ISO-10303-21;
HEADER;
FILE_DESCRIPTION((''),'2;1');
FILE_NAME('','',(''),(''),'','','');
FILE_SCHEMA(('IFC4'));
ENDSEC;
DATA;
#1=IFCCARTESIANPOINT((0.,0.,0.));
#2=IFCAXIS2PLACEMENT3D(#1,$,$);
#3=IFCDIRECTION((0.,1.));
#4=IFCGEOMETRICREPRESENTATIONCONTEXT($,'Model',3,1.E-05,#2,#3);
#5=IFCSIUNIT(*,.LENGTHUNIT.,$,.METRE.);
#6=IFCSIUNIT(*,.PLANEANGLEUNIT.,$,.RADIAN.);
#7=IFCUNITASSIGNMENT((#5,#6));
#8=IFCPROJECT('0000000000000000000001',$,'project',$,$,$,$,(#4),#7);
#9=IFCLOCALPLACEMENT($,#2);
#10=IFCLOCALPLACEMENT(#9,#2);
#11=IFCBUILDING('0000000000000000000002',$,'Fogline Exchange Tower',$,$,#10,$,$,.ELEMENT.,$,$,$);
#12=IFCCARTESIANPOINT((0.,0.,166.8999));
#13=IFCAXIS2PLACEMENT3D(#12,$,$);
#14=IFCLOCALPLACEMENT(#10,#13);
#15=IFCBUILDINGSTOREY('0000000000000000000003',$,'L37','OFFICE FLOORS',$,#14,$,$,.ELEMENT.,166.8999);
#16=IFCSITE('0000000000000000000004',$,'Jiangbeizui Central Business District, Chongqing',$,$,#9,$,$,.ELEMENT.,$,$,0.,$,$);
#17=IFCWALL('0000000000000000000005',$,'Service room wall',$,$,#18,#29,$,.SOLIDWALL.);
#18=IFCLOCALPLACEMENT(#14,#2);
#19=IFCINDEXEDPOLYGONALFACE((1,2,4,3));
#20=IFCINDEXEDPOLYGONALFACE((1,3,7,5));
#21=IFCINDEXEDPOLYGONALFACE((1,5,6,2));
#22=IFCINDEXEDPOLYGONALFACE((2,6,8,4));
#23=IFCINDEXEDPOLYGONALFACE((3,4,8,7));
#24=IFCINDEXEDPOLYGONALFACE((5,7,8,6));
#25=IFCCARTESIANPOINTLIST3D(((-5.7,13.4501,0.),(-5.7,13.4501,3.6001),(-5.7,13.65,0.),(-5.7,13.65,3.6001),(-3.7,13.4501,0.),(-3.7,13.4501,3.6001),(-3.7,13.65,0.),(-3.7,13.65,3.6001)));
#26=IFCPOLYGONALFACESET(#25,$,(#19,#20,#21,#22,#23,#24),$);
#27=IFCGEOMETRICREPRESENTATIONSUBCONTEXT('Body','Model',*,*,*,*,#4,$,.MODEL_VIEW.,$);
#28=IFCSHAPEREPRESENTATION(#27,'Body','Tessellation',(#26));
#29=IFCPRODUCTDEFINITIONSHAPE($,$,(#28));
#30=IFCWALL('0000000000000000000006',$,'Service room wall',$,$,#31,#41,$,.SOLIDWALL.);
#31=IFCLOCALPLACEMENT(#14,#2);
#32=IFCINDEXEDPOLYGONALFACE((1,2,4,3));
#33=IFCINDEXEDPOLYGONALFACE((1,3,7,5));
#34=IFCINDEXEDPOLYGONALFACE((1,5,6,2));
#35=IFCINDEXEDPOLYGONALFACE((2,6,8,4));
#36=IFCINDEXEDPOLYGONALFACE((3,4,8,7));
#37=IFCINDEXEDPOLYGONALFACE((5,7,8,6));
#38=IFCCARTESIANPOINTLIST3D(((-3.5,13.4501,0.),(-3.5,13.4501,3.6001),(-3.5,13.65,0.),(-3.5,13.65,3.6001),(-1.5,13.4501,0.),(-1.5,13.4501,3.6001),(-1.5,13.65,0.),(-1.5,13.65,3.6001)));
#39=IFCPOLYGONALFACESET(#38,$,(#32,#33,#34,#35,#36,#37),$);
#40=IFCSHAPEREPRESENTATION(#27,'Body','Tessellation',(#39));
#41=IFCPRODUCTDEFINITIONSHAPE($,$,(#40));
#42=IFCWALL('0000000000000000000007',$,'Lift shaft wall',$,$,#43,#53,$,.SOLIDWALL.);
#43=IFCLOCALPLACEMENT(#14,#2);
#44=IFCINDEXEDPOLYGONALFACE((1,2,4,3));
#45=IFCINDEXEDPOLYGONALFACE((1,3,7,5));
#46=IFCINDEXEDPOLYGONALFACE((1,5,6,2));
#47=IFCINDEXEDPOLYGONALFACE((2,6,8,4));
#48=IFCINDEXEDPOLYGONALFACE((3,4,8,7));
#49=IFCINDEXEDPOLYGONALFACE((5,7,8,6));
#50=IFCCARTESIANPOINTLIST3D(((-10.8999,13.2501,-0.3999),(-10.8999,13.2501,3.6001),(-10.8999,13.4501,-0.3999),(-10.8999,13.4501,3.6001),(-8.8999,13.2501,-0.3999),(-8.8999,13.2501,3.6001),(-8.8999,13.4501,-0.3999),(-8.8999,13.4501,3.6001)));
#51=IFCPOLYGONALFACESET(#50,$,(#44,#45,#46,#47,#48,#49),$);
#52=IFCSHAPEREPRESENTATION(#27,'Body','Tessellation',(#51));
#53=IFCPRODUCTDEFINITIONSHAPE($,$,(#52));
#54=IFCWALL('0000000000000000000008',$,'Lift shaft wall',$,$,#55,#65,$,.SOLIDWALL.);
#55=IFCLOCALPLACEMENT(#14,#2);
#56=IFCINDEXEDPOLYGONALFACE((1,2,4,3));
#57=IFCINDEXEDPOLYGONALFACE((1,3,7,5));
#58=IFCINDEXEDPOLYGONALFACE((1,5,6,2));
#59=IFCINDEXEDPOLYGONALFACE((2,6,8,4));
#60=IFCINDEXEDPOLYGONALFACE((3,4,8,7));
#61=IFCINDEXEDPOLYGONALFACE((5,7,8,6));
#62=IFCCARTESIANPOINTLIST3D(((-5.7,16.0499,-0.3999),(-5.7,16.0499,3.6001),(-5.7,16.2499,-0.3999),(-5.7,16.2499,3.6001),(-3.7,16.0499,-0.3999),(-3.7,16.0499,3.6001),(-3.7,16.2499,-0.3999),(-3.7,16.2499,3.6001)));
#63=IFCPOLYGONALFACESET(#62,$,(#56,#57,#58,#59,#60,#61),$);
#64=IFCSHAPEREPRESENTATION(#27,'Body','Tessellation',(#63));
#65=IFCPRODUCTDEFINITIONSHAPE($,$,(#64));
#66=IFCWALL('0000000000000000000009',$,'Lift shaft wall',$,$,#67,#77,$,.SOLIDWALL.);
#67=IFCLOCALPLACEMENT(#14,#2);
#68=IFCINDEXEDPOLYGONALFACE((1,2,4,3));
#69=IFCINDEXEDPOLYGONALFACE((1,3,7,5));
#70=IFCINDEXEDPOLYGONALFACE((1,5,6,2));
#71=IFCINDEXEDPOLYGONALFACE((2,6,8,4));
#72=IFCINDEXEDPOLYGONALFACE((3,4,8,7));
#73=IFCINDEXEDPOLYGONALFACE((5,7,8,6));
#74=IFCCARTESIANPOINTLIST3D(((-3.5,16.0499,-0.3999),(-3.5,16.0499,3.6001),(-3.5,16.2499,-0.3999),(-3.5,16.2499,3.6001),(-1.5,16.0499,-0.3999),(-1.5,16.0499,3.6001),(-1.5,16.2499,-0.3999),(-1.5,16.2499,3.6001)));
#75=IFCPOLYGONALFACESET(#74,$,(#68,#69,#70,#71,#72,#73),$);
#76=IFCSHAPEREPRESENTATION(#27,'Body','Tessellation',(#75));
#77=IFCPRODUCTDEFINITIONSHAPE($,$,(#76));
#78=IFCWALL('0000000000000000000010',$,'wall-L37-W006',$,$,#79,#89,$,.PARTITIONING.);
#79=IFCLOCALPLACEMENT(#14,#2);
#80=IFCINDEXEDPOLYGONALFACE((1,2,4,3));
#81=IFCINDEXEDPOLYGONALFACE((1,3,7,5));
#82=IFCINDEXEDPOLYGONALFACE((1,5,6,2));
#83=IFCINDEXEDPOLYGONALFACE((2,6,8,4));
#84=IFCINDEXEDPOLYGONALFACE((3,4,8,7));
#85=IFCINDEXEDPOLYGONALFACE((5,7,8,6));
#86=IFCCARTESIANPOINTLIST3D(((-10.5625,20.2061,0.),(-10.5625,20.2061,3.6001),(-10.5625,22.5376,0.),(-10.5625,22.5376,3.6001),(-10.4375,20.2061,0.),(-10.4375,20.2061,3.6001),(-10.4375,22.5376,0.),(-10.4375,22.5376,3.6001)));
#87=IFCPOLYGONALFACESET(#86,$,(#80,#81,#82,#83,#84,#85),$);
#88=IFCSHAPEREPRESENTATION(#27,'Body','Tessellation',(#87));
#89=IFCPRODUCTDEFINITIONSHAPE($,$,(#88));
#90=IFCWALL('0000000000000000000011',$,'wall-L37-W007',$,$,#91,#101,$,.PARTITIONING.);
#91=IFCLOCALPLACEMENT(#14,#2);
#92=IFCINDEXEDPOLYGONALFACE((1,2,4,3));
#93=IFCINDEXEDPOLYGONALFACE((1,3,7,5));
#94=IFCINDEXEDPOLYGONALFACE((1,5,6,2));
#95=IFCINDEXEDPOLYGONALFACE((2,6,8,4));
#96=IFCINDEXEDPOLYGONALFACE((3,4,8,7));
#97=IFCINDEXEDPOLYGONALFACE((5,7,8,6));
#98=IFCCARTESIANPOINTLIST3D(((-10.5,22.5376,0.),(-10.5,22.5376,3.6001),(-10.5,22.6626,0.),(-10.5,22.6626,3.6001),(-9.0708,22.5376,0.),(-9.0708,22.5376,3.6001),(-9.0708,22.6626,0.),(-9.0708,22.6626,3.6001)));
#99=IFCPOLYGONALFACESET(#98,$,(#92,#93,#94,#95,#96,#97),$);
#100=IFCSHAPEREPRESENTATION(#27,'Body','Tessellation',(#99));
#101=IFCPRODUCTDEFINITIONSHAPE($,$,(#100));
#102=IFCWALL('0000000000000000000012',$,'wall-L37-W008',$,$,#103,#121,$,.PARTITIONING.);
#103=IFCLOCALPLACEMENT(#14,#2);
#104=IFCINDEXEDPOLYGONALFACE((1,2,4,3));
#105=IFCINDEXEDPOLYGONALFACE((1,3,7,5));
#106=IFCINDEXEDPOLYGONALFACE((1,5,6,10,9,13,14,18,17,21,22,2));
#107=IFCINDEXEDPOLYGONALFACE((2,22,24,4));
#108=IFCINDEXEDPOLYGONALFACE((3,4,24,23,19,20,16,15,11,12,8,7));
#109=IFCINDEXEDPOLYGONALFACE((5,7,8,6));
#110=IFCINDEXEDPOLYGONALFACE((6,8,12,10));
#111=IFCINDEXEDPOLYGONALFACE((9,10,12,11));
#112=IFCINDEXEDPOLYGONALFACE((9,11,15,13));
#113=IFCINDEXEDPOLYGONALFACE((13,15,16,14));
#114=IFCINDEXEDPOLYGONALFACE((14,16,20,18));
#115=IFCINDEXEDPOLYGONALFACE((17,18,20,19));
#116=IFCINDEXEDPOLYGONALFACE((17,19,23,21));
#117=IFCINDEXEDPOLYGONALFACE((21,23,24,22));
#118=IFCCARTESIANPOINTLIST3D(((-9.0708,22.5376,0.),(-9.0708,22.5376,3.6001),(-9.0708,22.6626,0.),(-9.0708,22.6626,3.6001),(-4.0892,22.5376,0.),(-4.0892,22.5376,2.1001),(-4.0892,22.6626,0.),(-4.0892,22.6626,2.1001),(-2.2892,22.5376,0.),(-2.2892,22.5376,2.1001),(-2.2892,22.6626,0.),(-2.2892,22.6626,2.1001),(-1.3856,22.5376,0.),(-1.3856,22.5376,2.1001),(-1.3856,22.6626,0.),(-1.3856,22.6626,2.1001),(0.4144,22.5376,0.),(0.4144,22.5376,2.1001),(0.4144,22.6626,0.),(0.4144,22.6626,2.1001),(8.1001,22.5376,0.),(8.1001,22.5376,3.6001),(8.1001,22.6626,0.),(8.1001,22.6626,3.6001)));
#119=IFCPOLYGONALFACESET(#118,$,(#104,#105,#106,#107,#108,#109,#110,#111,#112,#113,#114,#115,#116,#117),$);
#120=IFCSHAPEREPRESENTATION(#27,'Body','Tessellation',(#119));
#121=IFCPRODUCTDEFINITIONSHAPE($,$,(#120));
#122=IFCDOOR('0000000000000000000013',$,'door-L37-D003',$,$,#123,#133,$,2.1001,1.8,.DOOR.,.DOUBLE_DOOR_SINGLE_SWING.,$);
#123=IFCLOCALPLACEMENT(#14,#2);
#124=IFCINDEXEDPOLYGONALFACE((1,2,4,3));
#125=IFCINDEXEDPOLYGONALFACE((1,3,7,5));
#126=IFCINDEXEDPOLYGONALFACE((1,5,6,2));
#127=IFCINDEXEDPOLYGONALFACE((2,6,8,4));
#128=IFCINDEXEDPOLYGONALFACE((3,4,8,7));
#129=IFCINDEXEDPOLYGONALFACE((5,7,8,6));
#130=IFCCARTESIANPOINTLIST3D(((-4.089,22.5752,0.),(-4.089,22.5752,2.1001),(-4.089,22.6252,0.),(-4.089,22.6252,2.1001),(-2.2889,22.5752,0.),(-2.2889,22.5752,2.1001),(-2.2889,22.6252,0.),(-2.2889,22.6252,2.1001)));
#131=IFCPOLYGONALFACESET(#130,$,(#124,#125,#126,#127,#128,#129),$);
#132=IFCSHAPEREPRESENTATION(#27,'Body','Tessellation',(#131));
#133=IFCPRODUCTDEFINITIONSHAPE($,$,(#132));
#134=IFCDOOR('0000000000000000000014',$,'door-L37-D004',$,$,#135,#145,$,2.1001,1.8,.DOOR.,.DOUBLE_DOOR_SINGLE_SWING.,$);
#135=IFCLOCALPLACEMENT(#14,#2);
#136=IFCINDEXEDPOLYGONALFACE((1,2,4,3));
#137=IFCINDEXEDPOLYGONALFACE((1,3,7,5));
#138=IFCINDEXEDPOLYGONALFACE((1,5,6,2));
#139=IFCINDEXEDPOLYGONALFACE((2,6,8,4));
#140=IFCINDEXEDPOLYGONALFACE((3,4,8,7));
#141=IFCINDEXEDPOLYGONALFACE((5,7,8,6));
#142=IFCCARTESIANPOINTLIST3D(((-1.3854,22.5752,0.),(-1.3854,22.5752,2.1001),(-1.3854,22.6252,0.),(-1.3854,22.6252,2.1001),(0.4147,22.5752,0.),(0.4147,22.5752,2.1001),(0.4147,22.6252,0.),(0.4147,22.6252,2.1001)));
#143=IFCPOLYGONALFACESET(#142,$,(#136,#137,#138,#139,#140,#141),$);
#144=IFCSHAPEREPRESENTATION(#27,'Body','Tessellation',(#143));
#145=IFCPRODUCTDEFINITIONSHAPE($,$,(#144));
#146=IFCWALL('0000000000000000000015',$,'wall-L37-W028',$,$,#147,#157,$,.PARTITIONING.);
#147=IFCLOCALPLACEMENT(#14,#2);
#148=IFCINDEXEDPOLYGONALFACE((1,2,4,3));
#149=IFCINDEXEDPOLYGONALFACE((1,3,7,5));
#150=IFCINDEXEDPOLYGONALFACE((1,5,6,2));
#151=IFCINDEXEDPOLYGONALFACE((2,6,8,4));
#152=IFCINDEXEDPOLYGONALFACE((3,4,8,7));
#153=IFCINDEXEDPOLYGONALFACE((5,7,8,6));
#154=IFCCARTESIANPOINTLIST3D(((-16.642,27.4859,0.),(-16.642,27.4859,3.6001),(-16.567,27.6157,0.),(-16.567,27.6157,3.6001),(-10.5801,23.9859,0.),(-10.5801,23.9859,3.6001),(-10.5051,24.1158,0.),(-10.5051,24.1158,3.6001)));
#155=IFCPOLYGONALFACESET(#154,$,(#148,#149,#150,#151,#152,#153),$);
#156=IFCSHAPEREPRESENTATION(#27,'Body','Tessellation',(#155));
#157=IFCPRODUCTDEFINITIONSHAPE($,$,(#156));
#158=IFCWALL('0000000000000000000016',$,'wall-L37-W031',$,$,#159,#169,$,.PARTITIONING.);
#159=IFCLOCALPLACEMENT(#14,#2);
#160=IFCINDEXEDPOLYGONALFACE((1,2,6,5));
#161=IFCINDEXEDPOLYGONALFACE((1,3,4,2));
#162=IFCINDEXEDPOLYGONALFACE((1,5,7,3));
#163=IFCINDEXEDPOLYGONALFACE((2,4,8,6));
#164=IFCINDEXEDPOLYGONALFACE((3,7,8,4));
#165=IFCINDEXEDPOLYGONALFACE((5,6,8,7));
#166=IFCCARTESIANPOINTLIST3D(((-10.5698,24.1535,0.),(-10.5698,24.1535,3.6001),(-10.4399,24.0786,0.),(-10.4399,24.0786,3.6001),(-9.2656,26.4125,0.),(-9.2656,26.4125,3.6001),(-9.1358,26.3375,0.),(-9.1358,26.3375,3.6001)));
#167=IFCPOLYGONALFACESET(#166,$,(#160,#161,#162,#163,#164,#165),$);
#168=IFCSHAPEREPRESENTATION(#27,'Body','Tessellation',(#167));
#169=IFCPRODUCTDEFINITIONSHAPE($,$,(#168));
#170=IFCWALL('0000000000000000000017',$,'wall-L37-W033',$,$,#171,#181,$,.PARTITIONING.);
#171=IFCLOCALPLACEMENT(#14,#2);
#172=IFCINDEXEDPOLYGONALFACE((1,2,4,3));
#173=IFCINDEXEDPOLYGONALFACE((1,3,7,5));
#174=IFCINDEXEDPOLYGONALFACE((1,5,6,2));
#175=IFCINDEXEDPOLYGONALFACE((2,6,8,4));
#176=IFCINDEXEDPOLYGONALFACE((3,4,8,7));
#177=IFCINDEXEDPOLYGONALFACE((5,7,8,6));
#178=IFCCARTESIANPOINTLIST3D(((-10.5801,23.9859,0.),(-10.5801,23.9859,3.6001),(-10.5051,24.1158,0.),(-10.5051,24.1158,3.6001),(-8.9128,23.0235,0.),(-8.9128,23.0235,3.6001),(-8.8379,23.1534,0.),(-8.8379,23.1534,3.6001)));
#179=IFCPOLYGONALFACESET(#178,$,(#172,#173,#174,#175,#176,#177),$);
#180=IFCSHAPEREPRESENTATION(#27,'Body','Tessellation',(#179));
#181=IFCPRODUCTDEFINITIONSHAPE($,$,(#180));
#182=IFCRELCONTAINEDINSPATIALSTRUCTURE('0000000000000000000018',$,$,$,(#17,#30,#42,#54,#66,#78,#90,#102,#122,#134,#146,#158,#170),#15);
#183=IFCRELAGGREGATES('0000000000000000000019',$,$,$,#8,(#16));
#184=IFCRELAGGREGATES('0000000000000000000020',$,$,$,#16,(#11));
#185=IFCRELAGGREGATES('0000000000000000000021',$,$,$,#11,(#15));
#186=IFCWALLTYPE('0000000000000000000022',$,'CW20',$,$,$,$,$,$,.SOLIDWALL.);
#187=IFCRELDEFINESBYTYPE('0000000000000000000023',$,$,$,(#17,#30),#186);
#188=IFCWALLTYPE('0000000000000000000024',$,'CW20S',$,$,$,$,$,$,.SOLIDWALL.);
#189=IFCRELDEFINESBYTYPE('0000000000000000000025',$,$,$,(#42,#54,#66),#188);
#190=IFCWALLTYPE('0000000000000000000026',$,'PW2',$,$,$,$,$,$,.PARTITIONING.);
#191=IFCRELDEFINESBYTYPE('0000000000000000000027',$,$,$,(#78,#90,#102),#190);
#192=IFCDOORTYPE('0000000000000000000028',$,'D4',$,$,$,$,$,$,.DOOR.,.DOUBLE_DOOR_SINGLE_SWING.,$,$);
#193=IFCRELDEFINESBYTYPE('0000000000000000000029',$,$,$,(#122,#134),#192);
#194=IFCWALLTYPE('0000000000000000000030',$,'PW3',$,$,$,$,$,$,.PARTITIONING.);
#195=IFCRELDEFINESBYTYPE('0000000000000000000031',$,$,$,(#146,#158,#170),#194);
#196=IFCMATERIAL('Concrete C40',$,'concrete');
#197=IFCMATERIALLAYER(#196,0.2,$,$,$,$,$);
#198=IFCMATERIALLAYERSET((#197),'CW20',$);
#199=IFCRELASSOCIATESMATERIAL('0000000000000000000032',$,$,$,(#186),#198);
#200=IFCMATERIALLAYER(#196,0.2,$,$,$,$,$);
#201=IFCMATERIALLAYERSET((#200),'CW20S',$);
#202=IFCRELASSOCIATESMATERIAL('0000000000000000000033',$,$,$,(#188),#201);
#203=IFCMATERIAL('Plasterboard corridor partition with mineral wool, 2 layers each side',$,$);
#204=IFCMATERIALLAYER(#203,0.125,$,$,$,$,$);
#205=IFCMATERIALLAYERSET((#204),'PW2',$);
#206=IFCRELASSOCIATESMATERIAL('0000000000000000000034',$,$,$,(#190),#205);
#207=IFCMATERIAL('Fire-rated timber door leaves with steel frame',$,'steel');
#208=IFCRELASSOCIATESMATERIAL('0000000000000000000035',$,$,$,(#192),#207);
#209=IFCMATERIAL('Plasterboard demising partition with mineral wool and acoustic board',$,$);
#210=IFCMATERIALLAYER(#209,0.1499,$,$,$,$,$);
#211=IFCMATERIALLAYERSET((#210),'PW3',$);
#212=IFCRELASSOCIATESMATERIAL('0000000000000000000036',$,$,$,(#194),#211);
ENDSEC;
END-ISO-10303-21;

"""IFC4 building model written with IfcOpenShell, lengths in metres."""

from ifc_helpers import new_model, si_unit, direction, frame, frame_2d, origin, place, context, subcontext, project, spatial, rectangle, extrude, material, layer, layer_set, type_object, element, fill, save


model = new_model("IFC4")

# Units and contexts
model_context = context("Model", 3, precision=1e-05, world=origin(), true_north=direction((0.0, 1.0)))
body_context = subcontext(model_context, "Body", "Model", "MODEL_VIEW")
ifc_project = project(units=[si_unit("LENGTHUNIT", "METRE"), si_unit("PLANEANGLEUNIT", "RADIAN")], contexts=[model_context])

# Site, building, storey
site_placement = place(None, origin())
site = spatial("IfcSite", under=ifc_project, at=site_placement, Name="Jiangbeizui Central Business District, Chongqing", CompositionType="ELEMENT", RefElevation=0.0)
building_placement = place(site_placement, origin())
building = spatial("IfcBuilding", under=site, at=building_placement, Name="Fogline Exchange Tower", CompositionType="ELEMENT")
storey_placement = place(building_placement, frame((0.0, 0.0, 166.8999)))
storey = spatial("IfcBuildingStorey", under=building, at=storey_placement, Name="L37", Description="OFFICE FLOORS", CompositionType="ELEMENT", Elevation=166.8999)

# Shared definitions
ifc_material_1 = material(Name="Concrete C40", Category="concrete")

# Walls
ifc_layer_1 = layer(ifc_material_1, 0.2)
ifc_layer_set_1 = layer_set([ifc_layer_1], Name="CW20")
wall_type_1 = type_object("IfcWallType", Name="CW20", PredefinedType="SOLIDWALL", material=ifc_layer_set_1)
for number, where, z_axis, x_axis, name in (
    (1, (-5.7, 13.55, 0.0), (0.0, 0.0, 1.0), (1.0, 0.0, 0.0), "Service room wall"),
    (2, (-3.5, 13.55, 0.0), (0.0, 0.0, 1.0), (1.0, 0.0, 0.0), "Service room wall"),
):
    element("IfcWall", number, at=place(storey_placement, frame(where, z_axis=z_axis, x_axis=x_axis)), inside=storey, type_object=wall_type_1, Name=name, PredefinedType="SOLIDWALL", context=body_context, shape_type="SweptSolid", body=[
        extrude(rectangle(XDim=2.0, YDim=0.2, at=frame_2d((1.0, 0.0))), origin(), (0.0, 0.0, 1.0), 3.6001),
    ])
ifc_layer_2 = layer(ifc_material_1, 0.2)
ifc_layer_set_2 = layer_set([ifc_layer_2], Name="CW20S")
wall_type_2 = type_object("IfcWallType", Name="CW20S", PredefinedType="SOLIDWALL", material=ifc_layer_set_2)
for number, where, z_axis, x_axis, name in (
    (3, (-10.8999, 13.3501, -0.3999), (0.0, 0.0, 1.0), (1.0, 0.0, 0.0), "Lift shaft wall"),
    (4, (-5.7, 16.1499, -0.3999), (0.0, 0.0, 1.0), (1.0, 0.0, 0.0), "Lift shaft wall"),
    (5, (-3.5, 16.1499, -0.3999), (0.0, 0.0, 1.0), (1.0, 0.0, 0.0), "Lift shaft wall"),
):
    element("IfcWall", number, at=place(storey_placement, frame(where, z_axis=z_axis, x_axis=x_axis)), inside=storey, type_object=wall_type_2, Name=name, PredefinedType="SOLIDWALL", context=body_context, shape_type="SweptSolid", body=[
        extrude(rectangle(XDim=2.0, YDim=0.2, at=frame_2d((1.0, 0.0))), origin(), (0.0, 0.0, 1.0), 4.0),
    ])
ifc_material_2 = material(Name="Plasterboard corridor partition with mineral wool, 2 layers each side")
ifc_layer_3 = layer(ifc_material_2, 0.125)
ifc_layer_set_3 = layer_set([ifc_layer_3], Name="PW2")
wall_type_3 = type_object("IfcWallType", Name="PW2", PredefinedType="PARTITIONING", material=ifc_layer_set_3)
wall_1_placement = place(storey_placement, frame((-10.5, 20.2061, 0.0), z_axis=(0.0, 0.0, 1.0), x_axis=(0.0, 1.0, 0.0)))
element("IfcWall", 6, at=wall_1_placement, inside=storey, type_object=wall_type_3, Name="wall-L37-W006", PredefinedType="PARTITIONING", context=body_context, shape_type="SweptSolid", body=[
    extrude(rectangle(XDim=2.3315, YDim=0.125, at=frame_2d((1.1658, 0.0))), origin(), (0.0, 0.0, 1.0), 3.6001),
])
wall_2_placement = place(storey_placement, frame((-10.5, 22.6001, 0.0), z_axis=(0.0, 0.0, 1.0), x_axis=(1.0, 0.0, 0.0)))
element("IfcWall", 7, at=wall_2_placement, inside=storey, type_object=wall_type_3, Name="wall-L37-W007", PredefinedType="PARTITIONING", context=body_context, shape_type="SweptSolid", body=[
    extrude(rectangle(XDim=1.4292, YDim=0.125, at=frame_2d((0.7146, 0.0))), origin(), (0.0, 0.0, 1.0), 3.6001),
])

# Wall, openings, doors
wall_3_placement = place(storey_placement, frame((-9.0708, 22.6001, 0.0), z_axis=(0.0, 0.0, 1.0), x_axis=(1.0, 0.0, 0.0)))
wall_3 = element("IfcWall", 8, at=wall_3_placement, inside=storey, type_object=wall_type_3, Name="wall-L37-W008", PredefinedType="PARTITIONING", context=body_context, shape_type="SweptSolid", body=[
    extrude(rectangle(XDim=17.1709, YDim=0.125, at=frame_2d((8.5854, 0.0))), origin(), (0.0, 0.0, 1.0), 3.6001),
])
opening_1_placement = place(wall_3_placement, frame((4.9817, 0.0, 0.0)))
opening_1 = element("IfcOpeningElement", 9, at=opening_1_placement, cuts=wall_3, PredefinedType="OPENING", context=body_context, shape_type="SweptSolid", body=[
    extrude(rectangle(XDim=1.8, YDim=2.1001, at=frame_2d((0.8999, 1.05))), frame((0.0, 0.0725, 0.0), z_axis=(0.0, -1.0, 0.0), x_axis=(1.0, 0.0, 0.0)), (0.0, 0.0, 1.0), 0.145),
])
opening_2_placement = place(wall_3_placement, frame((7.6853, 0.0, 0.0)))
opening_2 = element("IfcOpeningElement", 10, at=opening_2_placement, cuts=wall_3, PredefinedType="OPENING", context=body_context, shape_type="SweptSolid", body=[
    extrude(rectangle(XDim=1.8, YDim=2.1001, at=frame_2d((0.8999, 1.05))), frame((0.0, 0.0725, 0.0), z_axis=(0.0, -1.0, 0.0), x_axis=(1.0, 0.0, 0.0)), (0.0, 0.0, 1.0), 0.145),
])
ifc_material_3 = material(Name="Fire-rated timber door leaves with steel frame", Category="steel")
door_type = type_object("IfcDoorType", Name="D4", OperationType="DOUBLE_DOOR_SINGLE_SWING", PredefinedType="DOOR", material=ifc_material_3)
door_1_placement = place(opening_1_placement, frame((1.8, 0.0, 0.0), z_axis=(0.0, 0.0, 1.0), x_axis=(-1.0, 0.0, 0.0)))
door_1 = element("IfcDoor", 11, at=door_1_placement, inside=storey, type_object=door_type, Name="door-L37-D003", OperationType="DOUBLE_DOOR_SINGLE_SWING", OverallHeight=2.1001, OverallWidth=1.8, PredefinedType="DOOR", context=body_context, shape_type="SweptSolid", body=[
    extrude(rectangle(XDim=1.8, YDim=2.1001, at=frame_2d((0.8999, 1.05))), frame((0.0, 0.0249, 0.0), z_axis=(0.0, -1.0, 0.0), x_axis=(1.0, 0.0, 0.0)), (0.0, 0.0, 1.0), 0.05),
])
fill(opening_1, door_1)
door_2_placement = place(opening_2_placement, frame((1.8, 0.0, 0.0), z_axis=(0.0, 0.0, 1.0), x_axis=(-1.0, 0.0, 0.0)))
door_2 = element("IfcDoor", 12, at=door_2_placement, inside=storey, type_object=door_type, Name="door-L37-D004", OperationType="DOUBLE_DOOR_SINGLE_SWING", OverallHeight=2.1001, OverallWidth=1.8, PredefinedType="DOOR", context=body_context, shape_type="SweptSolid", body=[
    extrude(rectangle(XDim=1.8, YDim=2.1001, at=frame_2d((0.8999, 1.05))), frame((0.0, 0.0249, 0.0), z_axis=(0.0, -1.0, 0.0), x_axis=(1.0, 0.0, 0.0)), (0.0, 0.0, 1.0), 0.05),
])
fill(opening_2, door_2)

# Walls
ifc_material_4 = material(Name="Plasterboard demising partition with mineral wool and acoustic board")
ifc_layer_4 = layer(ifc_material_4, 0.1499)
ifc_layer_set_4 = layer_set([ifc_layer_4], Name="PW3")
wall_type_4 = type_object("IfcWallType", Name="PW3", PredefinedType="PARTITIONING", material=ifc_layer_set_4)
wall_4_placement = place(storey_placement, frame((-10.5425, 24.0508, 0.0), z_axis=(0.0, 0.0, 1.0), x_axis=(-0.866019, 0.50001, 0.0)))
element("IfcWall", 13, at=wall_4_placement, inside=storey, type_object=wall_type_4, Name="wall-L37-W028", PredefinedType="PARTITIONING", context=body_context, shape_type="SweptSolid", body=[
    extrude(rectangle(XDim=6.9998, YDim=0.1499, at=frame_2d((3.5, 0.0))), origin(), (0.0, 0.0, 1.0), 3.6001),
])
wall_5_placement = place(storey_placement, frame((-9.2007, 26.375, 0.0), z_axis=(0.0, 0.0, 1.0), x_axis=(-0.499984, -0.866034, 0.0)))
element("IfcWall", 14, at=wall_5_placement, inside=storey, type_object=wall_type_4, Name="wall-L37-W031", PredefinedType="PARTITIONING", context=body_context, shape_type="SweptSolid", body=[
    extrude(rectangle(XDim=2.6084, YDim=0.1499, at=frame_2d((1.3042, 0.0))), origin(), (0.0, 0.0, 1.0), 3.6001),
])
wall_6_placement = place(storey_placement, frame((-10.5425, 24.0508, 0.0), z_axis=(0.0, 0.0, 1.0), x_axis=(0.866065, -0.499931, 0.0)))
element("IfcWall", 15, at=wall_6_placement, inside=storey, type_object=wall_type_4, Name="wall-L37-W033", PredefinedType="PARTITIONING", context=body_context, shape_type="SweptSolid", body=[
    extrude(rectangle(XDim=1.925, YDim=0.1499, at=frame_2d((0.9624, 0.0))), origin(), (0.0, 0.0, 1.0), 3.6001),
])

save(model, "model.ifc")
